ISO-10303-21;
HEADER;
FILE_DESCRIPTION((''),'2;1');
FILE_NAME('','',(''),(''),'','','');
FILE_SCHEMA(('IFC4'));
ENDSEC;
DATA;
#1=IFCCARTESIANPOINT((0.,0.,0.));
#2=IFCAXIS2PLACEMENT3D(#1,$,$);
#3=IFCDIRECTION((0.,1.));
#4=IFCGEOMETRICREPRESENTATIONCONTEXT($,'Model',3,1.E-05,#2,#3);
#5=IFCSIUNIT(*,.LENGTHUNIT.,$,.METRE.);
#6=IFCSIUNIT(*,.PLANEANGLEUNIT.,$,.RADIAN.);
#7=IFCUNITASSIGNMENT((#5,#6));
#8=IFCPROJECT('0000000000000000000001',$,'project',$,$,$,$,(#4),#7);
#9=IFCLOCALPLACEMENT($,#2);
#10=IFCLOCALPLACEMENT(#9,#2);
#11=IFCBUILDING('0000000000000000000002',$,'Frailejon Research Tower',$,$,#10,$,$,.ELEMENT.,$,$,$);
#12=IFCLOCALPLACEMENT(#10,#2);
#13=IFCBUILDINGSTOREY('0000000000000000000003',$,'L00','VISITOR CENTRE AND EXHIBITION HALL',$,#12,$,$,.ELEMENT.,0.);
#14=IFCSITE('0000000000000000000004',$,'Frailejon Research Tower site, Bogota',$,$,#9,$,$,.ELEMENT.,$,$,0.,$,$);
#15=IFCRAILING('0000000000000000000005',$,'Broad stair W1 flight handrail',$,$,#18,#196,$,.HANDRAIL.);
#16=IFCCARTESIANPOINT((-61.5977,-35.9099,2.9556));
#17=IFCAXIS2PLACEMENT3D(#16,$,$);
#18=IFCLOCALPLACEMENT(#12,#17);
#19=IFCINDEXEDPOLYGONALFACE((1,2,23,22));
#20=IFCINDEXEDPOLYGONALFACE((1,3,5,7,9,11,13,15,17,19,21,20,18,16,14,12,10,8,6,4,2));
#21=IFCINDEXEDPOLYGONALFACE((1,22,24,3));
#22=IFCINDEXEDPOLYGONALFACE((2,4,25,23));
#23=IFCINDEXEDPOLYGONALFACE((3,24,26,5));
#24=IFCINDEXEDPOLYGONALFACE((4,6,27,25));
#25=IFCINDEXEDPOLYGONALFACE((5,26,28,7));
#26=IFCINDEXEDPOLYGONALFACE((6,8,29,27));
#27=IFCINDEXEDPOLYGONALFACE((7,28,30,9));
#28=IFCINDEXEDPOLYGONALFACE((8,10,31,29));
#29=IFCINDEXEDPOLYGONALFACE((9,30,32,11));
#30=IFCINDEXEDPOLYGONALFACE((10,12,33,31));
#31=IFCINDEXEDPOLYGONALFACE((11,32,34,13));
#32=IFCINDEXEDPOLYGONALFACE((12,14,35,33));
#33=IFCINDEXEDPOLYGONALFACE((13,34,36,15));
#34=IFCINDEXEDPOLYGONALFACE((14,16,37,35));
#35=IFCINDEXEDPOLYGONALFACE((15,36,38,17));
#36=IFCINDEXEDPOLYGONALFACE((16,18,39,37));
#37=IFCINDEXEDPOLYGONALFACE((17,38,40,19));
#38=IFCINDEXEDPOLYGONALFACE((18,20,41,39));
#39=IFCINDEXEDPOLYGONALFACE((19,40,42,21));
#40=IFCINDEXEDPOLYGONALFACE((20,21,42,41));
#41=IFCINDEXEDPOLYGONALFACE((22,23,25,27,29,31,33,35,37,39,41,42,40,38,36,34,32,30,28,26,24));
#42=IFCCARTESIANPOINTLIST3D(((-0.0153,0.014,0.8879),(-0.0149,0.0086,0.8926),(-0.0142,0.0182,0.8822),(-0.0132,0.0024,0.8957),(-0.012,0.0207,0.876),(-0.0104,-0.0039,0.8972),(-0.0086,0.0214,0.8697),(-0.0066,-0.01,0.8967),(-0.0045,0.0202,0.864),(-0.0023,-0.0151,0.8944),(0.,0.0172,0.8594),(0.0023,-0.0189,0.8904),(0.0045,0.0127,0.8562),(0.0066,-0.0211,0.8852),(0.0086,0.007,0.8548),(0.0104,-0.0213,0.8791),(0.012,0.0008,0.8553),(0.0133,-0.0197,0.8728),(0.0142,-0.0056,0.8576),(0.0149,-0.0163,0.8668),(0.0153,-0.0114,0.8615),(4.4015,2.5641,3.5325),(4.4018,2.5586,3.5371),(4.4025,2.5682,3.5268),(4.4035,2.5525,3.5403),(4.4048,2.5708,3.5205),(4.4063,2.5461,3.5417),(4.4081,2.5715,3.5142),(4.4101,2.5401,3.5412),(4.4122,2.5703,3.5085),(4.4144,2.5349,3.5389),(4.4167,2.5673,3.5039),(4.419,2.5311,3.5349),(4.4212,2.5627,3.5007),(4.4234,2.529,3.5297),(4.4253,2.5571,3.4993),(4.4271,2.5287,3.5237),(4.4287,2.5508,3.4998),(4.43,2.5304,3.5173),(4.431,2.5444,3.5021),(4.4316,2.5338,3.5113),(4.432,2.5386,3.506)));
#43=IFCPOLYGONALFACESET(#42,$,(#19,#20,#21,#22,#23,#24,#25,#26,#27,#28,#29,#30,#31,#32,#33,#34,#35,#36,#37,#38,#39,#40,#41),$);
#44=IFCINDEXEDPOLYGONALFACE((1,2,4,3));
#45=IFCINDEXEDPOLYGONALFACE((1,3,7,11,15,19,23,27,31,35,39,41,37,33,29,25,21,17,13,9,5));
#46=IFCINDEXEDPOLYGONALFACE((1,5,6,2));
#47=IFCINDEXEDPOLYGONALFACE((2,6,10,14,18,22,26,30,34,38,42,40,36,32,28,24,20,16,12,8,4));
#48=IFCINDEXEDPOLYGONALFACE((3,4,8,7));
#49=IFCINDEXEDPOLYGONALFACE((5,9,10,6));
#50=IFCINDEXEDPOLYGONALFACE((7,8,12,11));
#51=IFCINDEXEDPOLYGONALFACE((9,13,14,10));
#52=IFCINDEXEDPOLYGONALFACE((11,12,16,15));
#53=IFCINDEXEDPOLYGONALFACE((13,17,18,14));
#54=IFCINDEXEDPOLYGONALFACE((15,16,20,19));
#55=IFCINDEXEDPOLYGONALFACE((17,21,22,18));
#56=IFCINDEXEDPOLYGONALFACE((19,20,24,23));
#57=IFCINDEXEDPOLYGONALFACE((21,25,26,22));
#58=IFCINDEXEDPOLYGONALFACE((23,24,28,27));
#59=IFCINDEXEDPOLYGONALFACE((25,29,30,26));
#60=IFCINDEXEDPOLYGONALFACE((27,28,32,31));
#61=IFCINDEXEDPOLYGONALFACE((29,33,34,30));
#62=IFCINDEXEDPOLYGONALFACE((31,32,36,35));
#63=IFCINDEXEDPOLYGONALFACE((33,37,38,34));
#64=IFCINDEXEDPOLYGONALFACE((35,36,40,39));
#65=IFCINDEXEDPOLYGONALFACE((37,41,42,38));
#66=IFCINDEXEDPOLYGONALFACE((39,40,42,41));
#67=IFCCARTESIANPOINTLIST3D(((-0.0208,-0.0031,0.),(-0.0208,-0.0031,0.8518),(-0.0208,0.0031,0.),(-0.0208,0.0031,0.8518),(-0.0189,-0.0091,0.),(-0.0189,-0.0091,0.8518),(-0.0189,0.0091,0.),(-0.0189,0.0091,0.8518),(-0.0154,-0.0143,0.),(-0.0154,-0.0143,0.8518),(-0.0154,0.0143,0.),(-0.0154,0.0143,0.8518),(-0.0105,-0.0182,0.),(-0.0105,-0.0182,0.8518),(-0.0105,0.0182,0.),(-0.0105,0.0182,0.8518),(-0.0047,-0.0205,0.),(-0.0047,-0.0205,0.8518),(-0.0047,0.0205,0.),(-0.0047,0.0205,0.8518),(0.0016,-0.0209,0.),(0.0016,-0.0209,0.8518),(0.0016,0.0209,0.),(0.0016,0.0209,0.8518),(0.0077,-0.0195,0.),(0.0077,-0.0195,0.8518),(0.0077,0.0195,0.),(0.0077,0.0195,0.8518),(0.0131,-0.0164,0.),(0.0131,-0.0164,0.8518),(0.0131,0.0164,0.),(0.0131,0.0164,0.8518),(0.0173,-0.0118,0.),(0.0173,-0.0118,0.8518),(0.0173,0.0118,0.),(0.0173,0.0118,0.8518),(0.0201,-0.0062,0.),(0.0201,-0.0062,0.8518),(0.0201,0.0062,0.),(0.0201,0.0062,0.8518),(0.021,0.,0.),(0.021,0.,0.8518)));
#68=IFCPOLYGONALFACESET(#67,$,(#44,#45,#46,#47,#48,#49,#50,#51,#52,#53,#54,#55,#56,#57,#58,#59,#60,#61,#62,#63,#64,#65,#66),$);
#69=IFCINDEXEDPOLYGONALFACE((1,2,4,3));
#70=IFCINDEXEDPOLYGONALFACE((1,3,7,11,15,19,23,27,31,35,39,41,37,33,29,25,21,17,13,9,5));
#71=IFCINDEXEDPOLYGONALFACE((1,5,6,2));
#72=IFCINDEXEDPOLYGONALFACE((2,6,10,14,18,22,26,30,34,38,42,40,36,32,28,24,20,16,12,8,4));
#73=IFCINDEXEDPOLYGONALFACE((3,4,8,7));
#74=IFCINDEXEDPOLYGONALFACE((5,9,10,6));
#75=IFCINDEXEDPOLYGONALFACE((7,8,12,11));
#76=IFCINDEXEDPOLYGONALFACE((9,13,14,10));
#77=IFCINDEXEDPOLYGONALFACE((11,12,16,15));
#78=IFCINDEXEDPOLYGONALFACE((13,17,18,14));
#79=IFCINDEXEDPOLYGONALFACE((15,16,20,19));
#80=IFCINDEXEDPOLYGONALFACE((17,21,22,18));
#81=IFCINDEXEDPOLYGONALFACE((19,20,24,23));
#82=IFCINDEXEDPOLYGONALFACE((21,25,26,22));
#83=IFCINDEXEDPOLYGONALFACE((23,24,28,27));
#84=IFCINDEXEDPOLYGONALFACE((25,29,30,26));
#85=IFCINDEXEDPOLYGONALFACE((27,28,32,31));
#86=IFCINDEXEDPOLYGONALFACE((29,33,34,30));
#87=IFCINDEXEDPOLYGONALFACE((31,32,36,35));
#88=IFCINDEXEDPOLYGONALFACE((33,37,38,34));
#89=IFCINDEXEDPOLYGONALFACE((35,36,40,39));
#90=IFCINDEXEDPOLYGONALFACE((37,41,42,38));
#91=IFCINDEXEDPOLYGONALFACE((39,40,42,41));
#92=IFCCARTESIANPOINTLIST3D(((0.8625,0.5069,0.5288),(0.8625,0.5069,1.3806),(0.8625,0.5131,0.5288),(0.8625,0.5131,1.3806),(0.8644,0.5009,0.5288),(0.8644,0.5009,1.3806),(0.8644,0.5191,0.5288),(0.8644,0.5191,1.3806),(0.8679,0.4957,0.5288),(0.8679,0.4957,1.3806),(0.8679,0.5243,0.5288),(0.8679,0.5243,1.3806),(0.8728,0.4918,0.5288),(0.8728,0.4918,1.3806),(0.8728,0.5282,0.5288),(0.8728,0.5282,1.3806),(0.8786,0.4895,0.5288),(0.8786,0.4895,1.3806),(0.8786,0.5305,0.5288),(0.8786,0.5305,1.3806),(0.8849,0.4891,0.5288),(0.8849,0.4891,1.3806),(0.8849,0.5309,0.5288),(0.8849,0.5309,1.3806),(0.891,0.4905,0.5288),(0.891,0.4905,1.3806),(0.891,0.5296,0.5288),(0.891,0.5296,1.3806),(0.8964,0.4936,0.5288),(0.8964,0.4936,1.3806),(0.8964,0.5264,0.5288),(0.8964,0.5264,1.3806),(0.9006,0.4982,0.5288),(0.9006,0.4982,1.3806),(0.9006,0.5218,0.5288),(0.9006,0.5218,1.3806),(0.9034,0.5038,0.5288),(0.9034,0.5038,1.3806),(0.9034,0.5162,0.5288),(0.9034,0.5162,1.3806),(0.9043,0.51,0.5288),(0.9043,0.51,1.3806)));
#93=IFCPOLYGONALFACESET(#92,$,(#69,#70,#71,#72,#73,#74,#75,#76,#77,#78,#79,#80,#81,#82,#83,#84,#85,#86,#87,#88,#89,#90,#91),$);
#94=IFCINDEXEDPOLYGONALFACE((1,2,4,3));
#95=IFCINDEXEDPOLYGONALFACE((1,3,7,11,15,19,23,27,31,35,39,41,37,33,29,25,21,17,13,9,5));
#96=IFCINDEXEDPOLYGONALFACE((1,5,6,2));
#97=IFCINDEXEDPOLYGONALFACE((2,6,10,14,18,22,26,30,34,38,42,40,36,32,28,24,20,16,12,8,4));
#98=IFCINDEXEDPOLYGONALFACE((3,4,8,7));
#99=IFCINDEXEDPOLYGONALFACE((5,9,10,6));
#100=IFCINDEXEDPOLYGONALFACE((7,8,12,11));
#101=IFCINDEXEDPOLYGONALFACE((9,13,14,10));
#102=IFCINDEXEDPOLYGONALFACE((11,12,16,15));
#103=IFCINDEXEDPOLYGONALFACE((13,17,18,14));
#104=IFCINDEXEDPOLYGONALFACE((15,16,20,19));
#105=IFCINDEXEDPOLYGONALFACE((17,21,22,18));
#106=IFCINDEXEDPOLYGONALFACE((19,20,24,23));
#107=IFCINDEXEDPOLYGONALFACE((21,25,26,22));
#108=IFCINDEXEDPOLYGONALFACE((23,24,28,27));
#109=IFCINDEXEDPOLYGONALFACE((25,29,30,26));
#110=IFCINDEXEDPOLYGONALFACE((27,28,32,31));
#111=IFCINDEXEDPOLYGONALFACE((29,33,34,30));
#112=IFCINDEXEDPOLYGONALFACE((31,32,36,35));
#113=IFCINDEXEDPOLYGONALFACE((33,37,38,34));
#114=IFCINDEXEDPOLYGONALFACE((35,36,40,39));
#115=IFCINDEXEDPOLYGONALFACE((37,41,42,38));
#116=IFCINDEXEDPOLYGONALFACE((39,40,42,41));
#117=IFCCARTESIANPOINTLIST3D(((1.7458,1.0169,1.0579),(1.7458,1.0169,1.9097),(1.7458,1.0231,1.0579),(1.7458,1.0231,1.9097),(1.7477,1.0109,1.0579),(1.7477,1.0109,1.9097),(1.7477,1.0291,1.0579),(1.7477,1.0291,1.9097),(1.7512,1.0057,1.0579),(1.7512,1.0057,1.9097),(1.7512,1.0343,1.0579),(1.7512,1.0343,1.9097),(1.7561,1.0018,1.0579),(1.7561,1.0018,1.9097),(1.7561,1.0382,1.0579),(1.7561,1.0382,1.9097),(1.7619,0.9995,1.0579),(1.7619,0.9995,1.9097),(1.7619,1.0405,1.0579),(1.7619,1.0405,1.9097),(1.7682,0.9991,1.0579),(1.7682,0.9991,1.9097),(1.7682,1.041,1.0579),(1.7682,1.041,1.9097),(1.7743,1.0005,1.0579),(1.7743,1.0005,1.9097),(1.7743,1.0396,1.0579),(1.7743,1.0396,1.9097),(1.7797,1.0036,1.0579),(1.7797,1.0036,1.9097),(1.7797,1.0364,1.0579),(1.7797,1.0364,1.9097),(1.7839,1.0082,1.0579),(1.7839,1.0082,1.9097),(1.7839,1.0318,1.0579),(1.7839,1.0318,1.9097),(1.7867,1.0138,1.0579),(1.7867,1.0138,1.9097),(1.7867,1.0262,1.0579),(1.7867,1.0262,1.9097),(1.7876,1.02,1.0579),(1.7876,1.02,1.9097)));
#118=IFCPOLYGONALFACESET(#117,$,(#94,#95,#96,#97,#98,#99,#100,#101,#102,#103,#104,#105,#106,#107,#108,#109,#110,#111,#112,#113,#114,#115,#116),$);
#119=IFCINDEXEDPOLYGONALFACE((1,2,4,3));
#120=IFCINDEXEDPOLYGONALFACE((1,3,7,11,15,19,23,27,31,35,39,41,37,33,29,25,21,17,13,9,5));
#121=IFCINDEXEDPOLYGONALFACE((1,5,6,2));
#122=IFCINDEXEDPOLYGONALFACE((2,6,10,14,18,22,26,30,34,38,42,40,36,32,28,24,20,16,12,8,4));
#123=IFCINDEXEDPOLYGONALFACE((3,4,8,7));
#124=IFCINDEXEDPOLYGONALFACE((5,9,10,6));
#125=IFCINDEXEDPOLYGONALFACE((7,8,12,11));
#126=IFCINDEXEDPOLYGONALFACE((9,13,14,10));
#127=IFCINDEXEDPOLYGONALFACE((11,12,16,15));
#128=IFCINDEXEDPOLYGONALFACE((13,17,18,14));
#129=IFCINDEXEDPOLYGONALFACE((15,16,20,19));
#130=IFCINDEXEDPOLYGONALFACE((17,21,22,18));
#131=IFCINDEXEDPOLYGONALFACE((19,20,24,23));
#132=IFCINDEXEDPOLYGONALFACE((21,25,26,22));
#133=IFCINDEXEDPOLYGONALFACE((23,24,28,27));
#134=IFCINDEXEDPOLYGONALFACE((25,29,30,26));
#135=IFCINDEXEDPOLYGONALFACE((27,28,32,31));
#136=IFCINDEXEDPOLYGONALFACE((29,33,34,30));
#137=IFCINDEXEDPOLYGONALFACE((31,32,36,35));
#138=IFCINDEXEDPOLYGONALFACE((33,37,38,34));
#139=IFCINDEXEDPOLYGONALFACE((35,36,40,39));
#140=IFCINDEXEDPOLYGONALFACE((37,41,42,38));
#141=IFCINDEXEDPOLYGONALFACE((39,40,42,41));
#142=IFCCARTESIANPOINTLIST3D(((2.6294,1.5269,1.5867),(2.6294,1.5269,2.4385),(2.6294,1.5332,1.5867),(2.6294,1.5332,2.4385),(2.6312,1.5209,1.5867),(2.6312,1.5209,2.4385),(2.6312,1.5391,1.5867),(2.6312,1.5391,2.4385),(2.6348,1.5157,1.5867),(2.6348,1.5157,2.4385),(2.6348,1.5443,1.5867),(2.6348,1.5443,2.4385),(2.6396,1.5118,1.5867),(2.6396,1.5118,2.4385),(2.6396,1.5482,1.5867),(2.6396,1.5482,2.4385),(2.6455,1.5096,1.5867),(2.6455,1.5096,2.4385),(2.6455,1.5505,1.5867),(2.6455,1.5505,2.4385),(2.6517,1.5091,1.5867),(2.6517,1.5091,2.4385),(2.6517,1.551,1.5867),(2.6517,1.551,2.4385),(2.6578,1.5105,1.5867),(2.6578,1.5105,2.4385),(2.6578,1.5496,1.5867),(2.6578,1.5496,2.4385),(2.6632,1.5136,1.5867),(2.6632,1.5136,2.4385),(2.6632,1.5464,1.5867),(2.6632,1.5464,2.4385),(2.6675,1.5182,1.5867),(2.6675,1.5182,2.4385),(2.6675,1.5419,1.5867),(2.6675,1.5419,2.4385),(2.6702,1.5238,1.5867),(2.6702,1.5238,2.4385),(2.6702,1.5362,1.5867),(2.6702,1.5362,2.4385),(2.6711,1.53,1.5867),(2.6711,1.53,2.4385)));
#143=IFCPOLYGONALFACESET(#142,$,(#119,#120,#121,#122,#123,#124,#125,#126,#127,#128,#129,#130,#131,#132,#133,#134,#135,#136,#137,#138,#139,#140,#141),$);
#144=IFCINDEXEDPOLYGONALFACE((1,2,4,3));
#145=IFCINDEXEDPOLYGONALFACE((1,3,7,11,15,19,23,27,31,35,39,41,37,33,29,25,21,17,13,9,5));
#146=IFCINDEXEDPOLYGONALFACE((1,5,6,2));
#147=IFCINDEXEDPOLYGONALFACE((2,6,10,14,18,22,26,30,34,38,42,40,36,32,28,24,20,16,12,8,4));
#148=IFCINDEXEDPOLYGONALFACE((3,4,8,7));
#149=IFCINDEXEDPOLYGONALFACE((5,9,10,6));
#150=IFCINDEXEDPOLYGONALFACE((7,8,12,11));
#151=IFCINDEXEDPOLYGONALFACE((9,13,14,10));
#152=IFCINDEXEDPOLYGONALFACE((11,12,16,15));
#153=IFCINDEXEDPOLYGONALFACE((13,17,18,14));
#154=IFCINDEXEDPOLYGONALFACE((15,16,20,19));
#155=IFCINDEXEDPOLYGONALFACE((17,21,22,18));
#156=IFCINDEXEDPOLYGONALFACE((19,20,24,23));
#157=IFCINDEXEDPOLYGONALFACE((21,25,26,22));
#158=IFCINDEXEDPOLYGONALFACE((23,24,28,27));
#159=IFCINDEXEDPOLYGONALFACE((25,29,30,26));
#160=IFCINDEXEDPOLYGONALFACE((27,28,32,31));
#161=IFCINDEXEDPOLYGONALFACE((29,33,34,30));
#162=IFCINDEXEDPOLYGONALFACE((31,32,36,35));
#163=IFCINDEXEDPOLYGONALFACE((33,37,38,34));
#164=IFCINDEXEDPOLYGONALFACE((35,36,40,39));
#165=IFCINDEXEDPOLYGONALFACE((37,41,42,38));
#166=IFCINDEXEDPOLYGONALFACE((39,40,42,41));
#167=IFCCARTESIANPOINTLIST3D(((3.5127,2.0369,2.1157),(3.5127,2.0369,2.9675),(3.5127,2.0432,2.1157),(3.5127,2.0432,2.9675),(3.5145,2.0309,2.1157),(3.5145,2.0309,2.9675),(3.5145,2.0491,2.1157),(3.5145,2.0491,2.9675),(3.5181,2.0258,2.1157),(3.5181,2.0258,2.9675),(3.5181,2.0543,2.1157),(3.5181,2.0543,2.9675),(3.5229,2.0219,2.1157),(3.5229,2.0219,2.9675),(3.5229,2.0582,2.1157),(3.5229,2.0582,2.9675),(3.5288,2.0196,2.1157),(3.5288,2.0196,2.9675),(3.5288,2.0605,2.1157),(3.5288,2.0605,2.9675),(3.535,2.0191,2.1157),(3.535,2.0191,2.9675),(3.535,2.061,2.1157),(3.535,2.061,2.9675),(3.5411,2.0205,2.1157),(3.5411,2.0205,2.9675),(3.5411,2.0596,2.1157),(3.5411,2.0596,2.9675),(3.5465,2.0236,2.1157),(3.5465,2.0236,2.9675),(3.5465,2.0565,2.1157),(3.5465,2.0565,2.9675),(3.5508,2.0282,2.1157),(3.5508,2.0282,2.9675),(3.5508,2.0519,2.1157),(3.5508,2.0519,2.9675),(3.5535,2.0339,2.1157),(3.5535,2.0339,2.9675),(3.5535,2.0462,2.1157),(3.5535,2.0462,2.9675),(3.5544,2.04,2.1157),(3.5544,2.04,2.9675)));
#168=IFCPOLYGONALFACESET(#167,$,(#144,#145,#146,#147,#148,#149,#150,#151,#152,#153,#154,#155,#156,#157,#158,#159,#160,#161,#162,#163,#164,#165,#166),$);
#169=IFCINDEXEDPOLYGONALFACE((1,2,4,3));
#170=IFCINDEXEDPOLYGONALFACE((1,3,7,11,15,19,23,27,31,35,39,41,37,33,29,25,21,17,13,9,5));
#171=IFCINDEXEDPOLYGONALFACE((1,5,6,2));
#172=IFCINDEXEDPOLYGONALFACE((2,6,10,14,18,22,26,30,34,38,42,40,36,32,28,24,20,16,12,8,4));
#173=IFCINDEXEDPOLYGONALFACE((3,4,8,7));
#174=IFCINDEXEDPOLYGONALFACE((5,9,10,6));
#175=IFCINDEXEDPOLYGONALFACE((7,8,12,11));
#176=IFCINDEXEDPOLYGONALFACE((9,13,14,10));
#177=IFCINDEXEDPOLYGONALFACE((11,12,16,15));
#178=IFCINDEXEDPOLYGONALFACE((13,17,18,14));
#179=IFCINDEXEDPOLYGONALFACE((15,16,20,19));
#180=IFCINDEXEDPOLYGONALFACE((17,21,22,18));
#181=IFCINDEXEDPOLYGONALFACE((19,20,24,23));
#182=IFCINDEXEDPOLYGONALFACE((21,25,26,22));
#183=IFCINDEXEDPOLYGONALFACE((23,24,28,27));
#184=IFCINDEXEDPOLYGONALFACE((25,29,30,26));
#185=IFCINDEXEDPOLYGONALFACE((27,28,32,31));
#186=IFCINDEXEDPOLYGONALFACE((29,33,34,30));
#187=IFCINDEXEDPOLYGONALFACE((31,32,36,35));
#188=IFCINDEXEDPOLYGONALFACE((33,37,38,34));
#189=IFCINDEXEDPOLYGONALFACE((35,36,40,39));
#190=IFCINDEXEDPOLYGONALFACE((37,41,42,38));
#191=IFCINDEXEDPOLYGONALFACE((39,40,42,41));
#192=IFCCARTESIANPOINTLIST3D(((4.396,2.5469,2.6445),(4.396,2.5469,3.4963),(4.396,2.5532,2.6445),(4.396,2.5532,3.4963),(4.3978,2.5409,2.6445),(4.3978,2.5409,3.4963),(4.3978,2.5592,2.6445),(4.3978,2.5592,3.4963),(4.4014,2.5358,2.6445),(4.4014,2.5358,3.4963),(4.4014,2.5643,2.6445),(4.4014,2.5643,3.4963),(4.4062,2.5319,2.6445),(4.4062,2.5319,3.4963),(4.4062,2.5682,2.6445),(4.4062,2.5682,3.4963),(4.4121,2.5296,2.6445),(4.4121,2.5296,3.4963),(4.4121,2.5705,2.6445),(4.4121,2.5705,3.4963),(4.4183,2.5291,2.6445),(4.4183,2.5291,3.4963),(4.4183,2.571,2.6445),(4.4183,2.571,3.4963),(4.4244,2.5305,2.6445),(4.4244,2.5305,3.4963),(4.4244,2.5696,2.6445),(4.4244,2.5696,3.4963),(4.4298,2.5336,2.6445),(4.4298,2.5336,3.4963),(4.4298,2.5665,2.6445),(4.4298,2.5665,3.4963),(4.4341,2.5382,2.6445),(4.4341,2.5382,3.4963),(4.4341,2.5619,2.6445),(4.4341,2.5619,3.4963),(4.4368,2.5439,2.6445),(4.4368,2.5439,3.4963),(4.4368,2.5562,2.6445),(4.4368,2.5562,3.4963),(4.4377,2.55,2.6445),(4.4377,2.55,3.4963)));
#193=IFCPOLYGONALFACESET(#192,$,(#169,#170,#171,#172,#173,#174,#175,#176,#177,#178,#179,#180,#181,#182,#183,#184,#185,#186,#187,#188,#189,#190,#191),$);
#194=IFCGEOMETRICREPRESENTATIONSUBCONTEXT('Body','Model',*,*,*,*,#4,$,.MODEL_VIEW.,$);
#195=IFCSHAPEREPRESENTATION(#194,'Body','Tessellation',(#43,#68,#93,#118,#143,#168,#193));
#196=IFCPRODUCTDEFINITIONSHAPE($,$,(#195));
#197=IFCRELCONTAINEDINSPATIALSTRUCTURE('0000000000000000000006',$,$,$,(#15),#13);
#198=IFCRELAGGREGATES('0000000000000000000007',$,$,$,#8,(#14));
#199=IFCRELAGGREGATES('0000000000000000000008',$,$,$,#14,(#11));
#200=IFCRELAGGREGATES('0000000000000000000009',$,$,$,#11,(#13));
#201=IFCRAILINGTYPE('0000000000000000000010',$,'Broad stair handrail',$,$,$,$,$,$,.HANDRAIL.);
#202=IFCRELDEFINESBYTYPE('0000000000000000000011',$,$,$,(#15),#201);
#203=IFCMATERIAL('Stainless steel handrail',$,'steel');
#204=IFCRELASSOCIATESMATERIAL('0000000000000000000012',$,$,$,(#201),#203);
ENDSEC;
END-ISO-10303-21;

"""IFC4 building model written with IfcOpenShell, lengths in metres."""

from ifc_helpers import new_model, si_unit, direction, frame, origin, origin_2d, place, context, subcontext, project, spatial, circle, extrude, material, type_object, element, save


model = new_model("IFC4")

# Units and contexts
model_context = context("Model", 3, precision=1e-05, world=origin(), true_north=direction((0.0, 1.0)))
body_context = subcontext(model_context, "Body", "Model", "MODEL_VIEW")
ifc_project = project(units=[si_unit("LENGTHUNIT", "METRE"), si_unit("PLANEANGLEUNIT", "RADIAN")], contexts=[model_context])

# Site, building, storey
site_placement = place(None, origin())
site = spatial("IfcSite", under=ifc_project, at=site_placement, Name="Frailejon Research Tower site, Bogota", CompositionType="ELEMENT", RefElevation=0.0)
building_placement = place(site_placement, origin())
building = spatial("IfcBuilding", under=site, at=building_placement, Name="Frailejon Research Tower", CompositionType="ELEMENT")
storey_placement = place(building_placement, origin())
storey = spatial("IfcBuildingStorey", under=building, at=storey_placement, Name="L00", Description="VISITOR CENTRE AND EXHIBITION HALL", CompositionType="ELEMENT", Elevation=0.0)

# Railing
ifc_material_1 = material(Name="Stainless steel handrail", Category="steel")
railing_type_1 = type_object("IfcRailingType", Name="Broad stair handrail", PredefinedType="HANDRAIL", material=ifc_material_1)
for number, where, name in (
    (1, (-61.5977, -35.9099, 2.9556), "Broad stair W1 flight handrail"),
):
    element("IfcRailing", number, at=place(storey_placement, frame(where)), inside=storey, type_object=railing_type_1, Name=name, PredefinedType="HANDRAIL", context=body_context, shape_type="SweptSolid", body=[
        extrude(circle(Radius=0.0239, at=origin_2d()), frame((0.0, 0.0, 0.876), z_axis=(0.768811, 0.44388, 0.460326), x_axis=(-0.500006, 0.866022, 0.0)), (0.0, 0.0, 1.0), 5.7449),
        extrude(circle(Radius=0.021, at=origin_2d()), origin(), (0.0, 0.0, 1.0), 0.8518),
        extrude(circle(Radius=0.021, at=origin_2d()), frame((0.8833, 0.51, 0.5288)), (0.0, 0.0, 1.0), 0.8518),
        extrude(circle(Radius=0.021, at=origin_2d()), frame((1.7666, 1.02, 1.0579)), (0.0, 0.0, 1.0), 0.8518),
        extrude(circle(Radius=0.021, at=origin_2d()), frame((2.6501, 1.53, 1.5867)), (0.0, 0.0, 1.0), 0.8518),
        extrude(circle(Radius=0.021, at=origin_2d()), frame((3.5334, 2.04, 2.1157)), (0.0, 0.0, 1.0), 0.8518),
        extrude(circle(Radius=0.021, at=origin_2d()), frame((4.4167, 2.55, 2.6445)), (0.0, 0.0, 1.0), 0.8518),
    ])

save(model, "model.ifc")
